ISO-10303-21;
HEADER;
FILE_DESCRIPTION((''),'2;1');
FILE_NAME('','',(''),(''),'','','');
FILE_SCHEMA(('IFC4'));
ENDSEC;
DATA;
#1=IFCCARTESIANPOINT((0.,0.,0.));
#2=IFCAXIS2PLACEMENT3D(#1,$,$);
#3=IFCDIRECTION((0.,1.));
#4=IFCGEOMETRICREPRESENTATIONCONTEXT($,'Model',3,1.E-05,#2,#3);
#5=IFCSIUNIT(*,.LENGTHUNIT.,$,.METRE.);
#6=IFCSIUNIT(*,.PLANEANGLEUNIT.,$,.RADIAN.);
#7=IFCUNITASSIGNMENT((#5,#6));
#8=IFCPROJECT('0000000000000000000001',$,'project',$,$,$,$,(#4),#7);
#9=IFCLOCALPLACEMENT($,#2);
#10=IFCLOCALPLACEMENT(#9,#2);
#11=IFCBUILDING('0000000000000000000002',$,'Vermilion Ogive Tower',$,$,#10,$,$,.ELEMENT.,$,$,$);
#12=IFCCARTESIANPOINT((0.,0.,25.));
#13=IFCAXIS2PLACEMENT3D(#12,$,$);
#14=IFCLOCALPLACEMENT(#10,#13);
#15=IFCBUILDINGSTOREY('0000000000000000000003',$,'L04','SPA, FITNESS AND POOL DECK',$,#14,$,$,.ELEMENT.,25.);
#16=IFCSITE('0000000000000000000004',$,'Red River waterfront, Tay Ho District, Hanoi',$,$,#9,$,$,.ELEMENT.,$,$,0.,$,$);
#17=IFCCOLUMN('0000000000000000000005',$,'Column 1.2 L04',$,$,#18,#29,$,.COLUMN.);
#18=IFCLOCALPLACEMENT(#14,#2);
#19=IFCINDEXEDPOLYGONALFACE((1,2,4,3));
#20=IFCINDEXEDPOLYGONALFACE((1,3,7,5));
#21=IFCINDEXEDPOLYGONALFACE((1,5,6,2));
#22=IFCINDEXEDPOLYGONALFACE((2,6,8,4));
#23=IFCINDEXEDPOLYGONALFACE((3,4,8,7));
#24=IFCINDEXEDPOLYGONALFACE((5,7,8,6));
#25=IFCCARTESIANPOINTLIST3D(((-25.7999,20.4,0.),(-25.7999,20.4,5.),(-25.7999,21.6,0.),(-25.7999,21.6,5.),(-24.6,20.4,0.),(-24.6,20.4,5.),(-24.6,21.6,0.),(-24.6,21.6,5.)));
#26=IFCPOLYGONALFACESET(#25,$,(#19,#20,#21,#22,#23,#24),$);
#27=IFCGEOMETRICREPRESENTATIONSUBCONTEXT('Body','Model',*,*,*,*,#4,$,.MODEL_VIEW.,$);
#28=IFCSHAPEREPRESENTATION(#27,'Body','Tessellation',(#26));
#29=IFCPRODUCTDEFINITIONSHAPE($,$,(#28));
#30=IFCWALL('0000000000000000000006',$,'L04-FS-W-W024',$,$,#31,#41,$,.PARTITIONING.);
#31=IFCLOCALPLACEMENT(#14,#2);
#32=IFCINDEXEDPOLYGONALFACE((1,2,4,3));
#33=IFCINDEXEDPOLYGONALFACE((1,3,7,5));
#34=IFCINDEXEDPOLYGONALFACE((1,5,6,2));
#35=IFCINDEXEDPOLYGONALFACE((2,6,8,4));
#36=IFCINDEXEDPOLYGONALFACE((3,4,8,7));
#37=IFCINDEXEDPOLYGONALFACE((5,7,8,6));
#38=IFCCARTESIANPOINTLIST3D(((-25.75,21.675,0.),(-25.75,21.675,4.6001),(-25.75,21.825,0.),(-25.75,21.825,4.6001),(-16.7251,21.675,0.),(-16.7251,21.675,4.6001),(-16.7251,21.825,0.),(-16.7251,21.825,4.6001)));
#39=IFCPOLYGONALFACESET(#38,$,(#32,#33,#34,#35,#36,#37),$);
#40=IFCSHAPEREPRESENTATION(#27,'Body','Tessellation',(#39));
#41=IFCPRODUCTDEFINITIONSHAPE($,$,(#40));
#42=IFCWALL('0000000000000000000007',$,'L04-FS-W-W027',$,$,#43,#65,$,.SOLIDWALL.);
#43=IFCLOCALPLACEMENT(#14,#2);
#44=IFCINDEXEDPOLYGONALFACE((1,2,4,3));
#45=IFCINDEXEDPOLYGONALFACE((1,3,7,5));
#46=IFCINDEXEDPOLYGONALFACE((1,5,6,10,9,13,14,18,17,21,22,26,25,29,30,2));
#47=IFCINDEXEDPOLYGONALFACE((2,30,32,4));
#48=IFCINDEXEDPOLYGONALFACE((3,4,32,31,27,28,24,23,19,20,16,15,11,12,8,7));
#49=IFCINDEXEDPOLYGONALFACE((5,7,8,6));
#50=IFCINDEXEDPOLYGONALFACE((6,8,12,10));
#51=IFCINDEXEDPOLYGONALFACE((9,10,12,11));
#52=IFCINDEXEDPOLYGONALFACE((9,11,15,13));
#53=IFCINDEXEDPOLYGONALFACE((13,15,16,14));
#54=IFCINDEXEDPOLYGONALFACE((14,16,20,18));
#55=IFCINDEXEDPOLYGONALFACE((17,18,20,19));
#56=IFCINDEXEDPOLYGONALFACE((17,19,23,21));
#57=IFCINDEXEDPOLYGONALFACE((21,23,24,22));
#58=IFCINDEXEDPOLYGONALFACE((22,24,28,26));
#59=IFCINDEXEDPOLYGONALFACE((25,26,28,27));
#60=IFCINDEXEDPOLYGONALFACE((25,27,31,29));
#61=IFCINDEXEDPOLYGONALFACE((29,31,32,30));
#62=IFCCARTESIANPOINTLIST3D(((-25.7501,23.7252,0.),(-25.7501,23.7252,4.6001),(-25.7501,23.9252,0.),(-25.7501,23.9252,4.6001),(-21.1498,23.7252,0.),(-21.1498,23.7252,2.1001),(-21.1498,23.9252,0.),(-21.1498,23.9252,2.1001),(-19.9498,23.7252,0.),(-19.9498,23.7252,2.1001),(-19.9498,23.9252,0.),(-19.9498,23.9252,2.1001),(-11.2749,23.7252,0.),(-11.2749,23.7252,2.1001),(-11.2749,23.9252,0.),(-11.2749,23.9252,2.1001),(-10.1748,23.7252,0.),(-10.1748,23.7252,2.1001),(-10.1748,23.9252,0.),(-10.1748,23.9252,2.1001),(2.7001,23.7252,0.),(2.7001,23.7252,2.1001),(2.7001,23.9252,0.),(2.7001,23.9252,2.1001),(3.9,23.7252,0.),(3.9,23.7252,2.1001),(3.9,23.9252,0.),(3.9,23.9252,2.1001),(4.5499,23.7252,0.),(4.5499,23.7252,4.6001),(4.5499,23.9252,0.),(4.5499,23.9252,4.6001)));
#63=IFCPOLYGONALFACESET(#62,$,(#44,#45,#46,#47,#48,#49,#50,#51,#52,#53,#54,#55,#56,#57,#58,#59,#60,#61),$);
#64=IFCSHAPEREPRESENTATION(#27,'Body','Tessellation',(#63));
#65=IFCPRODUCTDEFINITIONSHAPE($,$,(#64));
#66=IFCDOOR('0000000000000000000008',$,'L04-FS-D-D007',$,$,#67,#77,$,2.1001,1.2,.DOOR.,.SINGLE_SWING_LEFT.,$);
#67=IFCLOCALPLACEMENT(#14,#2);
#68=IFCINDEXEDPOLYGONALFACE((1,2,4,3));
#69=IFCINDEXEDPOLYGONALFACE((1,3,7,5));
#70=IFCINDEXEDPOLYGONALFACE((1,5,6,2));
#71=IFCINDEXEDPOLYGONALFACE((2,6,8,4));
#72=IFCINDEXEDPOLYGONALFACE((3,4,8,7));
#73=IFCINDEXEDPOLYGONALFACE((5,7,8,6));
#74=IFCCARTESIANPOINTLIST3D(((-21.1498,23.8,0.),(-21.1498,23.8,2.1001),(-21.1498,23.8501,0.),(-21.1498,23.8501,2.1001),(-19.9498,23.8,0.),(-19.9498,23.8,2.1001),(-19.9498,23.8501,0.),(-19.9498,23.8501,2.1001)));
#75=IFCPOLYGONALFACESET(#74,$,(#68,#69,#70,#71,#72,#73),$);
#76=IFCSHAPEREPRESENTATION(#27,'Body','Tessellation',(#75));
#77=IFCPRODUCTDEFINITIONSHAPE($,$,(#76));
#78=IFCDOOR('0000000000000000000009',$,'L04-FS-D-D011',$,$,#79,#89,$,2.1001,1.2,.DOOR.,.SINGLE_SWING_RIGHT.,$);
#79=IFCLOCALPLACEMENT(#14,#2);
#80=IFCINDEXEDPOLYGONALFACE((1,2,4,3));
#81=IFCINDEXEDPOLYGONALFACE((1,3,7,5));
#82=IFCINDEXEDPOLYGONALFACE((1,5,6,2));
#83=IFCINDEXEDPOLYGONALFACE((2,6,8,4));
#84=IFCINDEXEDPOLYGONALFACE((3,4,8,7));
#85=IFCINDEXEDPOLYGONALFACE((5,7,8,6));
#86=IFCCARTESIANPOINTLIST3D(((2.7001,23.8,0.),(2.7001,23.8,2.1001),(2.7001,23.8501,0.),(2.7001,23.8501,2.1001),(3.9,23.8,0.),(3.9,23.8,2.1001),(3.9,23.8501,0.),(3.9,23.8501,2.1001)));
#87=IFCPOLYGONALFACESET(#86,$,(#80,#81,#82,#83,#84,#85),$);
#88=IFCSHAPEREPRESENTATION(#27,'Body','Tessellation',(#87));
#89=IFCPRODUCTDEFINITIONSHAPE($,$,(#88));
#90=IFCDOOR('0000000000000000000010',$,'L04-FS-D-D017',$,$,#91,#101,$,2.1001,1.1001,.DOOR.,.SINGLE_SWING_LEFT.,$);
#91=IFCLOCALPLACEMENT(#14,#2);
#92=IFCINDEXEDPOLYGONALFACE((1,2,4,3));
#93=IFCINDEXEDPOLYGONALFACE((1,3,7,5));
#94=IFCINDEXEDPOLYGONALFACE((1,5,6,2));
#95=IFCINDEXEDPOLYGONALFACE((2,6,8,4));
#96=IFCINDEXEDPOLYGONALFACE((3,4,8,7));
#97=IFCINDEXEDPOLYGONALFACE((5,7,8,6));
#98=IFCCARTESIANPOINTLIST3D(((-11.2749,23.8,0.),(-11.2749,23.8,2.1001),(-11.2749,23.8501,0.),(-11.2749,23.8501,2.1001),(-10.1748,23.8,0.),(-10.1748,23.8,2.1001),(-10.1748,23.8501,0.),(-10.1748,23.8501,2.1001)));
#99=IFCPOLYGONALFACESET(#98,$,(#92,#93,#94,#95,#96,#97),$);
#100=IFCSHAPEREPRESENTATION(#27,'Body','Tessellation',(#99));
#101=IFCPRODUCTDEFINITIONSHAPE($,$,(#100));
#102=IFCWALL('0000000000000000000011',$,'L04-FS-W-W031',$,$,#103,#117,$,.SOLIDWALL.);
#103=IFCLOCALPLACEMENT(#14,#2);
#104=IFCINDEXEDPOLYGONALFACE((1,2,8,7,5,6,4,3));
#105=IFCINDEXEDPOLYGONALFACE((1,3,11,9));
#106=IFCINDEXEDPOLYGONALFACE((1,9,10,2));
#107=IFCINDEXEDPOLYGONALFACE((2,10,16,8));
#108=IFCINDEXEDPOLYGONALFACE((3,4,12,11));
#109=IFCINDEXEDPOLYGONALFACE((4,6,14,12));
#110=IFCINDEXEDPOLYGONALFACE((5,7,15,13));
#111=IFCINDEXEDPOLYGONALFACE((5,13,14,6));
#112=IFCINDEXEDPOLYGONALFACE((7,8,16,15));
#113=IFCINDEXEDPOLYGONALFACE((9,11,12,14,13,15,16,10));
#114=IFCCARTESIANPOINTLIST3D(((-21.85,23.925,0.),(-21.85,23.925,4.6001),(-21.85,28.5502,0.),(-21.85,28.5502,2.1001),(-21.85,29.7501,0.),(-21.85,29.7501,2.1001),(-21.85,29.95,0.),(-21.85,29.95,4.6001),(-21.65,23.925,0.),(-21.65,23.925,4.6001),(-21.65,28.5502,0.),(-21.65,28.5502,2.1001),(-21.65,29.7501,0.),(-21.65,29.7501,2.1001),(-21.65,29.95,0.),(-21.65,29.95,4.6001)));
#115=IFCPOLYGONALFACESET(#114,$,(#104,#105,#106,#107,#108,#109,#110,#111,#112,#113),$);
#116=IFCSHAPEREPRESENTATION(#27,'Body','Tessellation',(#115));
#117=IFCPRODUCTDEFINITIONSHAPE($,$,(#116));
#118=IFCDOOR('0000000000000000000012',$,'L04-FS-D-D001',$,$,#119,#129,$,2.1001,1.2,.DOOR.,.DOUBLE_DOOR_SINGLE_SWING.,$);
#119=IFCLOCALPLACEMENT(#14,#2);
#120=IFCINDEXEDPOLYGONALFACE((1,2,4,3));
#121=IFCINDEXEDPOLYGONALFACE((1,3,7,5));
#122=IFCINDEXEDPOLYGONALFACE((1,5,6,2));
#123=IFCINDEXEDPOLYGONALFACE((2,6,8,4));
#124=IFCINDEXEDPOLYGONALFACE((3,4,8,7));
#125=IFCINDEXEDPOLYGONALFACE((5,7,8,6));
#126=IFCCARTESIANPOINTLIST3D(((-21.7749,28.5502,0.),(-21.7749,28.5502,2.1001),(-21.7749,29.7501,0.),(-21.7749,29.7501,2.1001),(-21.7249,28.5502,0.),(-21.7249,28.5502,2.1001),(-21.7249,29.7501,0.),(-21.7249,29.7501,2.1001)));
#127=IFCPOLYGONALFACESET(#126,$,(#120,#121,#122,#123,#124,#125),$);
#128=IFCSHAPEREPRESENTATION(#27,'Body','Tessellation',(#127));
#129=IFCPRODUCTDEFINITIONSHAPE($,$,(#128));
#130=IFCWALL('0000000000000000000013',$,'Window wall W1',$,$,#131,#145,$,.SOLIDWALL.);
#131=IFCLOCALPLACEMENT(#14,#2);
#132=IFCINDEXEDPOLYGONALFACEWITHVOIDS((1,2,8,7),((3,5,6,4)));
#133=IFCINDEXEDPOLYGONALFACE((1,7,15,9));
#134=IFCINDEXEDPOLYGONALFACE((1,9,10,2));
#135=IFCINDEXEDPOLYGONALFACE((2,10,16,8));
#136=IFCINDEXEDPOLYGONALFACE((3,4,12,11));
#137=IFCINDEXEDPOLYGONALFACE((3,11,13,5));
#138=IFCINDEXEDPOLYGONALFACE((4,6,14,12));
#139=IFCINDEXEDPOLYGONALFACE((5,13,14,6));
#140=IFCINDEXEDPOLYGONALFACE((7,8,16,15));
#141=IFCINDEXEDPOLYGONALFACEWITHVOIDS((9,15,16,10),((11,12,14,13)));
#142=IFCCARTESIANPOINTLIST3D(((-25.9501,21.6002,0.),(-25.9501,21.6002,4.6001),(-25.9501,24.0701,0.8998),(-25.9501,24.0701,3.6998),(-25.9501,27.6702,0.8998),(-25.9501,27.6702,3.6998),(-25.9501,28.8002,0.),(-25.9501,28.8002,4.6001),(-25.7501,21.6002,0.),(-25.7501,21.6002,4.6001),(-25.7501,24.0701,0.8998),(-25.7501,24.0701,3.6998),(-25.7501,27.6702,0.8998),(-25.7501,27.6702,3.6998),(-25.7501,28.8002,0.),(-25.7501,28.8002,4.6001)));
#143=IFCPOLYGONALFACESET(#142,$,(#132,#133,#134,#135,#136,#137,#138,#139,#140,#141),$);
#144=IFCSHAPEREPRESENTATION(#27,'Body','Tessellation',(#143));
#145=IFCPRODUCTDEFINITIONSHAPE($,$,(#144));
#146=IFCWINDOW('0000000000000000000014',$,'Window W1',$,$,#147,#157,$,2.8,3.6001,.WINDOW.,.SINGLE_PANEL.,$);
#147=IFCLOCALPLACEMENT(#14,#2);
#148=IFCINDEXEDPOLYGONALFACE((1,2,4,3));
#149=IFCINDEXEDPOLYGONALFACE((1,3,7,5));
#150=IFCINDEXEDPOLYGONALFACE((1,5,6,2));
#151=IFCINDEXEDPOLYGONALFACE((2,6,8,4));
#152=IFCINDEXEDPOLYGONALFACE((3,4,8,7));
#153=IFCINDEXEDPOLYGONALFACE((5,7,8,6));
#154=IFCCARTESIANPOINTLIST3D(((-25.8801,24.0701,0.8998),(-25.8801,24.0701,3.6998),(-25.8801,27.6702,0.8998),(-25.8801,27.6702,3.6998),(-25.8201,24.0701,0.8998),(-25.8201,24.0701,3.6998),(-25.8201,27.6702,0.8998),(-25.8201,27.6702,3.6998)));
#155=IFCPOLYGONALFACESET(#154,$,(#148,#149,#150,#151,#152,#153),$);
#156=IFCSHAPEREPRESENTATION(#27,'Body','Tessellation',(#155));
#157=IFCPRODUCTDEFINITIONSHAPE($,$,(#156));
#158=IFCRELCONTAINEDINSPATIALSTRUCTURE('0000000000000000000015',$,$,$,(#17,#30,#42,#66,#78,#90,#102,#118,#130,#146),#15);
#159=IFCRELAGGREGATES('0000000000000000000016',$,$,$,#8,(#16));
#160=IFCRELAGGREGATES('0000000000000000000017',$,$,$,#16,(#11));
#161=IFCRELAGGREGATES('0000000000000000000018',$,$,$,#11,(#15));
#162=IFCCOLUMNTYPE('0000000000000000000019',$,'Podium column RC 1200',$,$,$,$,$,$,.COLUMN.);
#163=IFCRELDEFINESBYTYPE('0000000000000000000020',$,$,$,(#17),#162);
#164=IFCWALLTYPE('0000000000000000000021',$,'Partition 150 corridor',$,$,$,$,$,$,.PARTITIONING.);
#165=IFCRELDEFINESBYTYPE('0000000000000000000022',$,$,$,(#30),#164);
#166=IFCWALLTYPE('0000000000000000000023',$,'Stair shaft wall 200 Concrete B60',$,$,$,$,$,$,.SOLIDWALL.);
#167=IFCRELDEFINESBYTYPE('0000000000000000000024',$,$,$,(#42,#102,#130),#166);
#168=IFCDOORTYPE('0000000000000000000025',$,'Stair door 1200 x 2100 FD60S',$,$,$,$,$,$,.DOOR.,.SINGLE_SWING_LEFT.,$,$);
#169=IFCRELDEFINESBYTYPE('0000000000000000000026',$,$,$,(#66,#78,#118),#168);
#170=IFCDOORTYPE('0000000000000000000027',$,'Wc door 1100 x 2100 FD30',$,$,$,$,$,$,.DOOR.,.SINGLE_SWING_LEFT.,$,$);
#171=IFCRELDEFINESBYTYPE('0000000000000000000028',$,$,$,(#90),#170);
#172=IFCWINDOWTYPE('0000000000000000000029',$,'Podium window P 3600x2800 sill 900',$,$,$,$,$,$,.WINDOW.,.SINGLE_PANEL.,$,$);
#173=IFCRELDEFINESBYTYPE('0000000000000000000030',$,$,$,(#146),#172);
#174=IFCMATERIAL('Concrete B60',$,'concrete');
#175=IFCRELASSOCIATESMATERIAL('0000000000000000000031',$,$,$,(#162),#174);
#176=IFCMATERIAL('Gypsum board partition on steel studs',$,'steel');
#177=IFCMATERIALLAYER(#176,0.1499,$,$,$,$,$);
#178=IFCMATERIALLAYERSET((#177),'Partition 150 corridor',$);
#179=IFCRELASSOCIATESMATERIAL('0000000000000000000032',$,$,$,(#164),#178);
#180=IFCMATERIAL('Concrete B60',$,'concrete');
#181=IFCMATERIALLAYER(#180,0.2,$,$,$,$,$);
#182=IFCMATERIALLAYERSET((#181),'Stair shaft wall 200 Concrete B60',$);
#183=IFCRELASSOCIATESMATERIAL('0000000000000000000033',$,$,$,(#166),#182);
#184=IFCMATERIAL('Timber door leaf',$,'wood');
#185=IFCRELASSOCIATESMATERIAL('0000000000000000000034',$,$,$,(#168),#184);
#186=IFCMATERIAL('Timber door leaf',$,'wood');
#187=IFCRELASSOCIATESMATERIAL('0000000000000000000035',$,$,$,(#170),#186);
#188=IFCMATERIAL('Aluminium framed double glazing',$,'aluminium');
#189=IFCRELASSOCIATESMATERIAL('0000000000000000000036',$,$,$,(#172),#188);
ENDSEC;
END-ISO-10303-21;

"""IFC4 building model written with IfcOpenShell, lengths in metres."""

from ifc_helpers import new_model, si_unit, direction, frame, frame_2d, origin, origin_2d, place, context, subcontext, project, spatial, rectangle, extrude, material, layer, layer_set, material_profile, profile_set, type_object, element, fill, save


model = new_model("IFC4")

# Units and contexts
model_context = context("Model", 3, precision=1e-05, world=origin(), true_north=direction((0.0, 1.0)))
body_context = subcontext(model_context, "Body", "Model", "MODEL_VIEW")
ifc_project = project(units=[si_unit("LENGTHUNIT", "METRE"), si_unit("PLANEANGLEUNIT", "RADIAN")], contexts=[model_context])

# Site, building, storey
site_placement = place(None, origin())
site = spatial("IfcSite", under=ifc_project, at=site_placement, Name="Red River waterfront, Tay Ho District, Hanoi", CompositionType="ELEMENT", RefElevation=0.0)
building_placement = place(site_placement, origin())
building = spatial("IfcBuilding", under=site, at=building_placement, Name="Vermilion Ogive Tower", CompositionType="ELEMENT")
storey_placement = place(building_placement, frame((0.0, 0.0, 25.0)))
storey = spatial("IfcBuildingStorey", under=building, at=storey_placement, Name="L04", Description="SPA, FITNESS AND POOL DECK", CompositionType="ELEMENT", Elevation=25.0)

# Column
ifc_material_1 = material(Name="Concrete B60", Category="concrete")
ifc_material_profile = material_profile(ifc_material_1, rectangle(XDim=1.2, YDim=1.2, at=origin_2d()), Name="RC 1200x1200")
ifc_profile_set = profile_set([ifc_material_profile], Name="Concrete B60")
column_type = type_object("IfcColumnType", Name="Podium column RC 1200", PredefinedType="COLUMN", material=ifc_profile_set)
column_placement = place(storey_placement, frame((-25.2, 21.0, 0.0), z_axis=(0.0, 0.0, 1.0), x_axis=(1.0, 0.0, 0.0)))
element("IfcColumn", 1, at=column_placement, inside=storey, type_object=column_type, Name="Column 1.2 L04", PredefinedType="COLUMN", context=body_context, shape_type="SweptSolid", body=[
    extrude(rectangle(XDim=1.2, YDim=1.2, at=origin_2d()), origin(), (0.0, 0.0, 1.0), 5.0),
])

# Wall
ifc_material_2 = material(Name="Gypsum board partition on steel studs", Category="steel")
ifc_layer_1 = layer(ifc_material_2, 0.1499)
ifc_layer_set_1 = layer_set([ifc_layer_1], Name="Partition 150 corridor")
wall_type_1 = type_object("IfcWallType", Name="Partition 150 corridor", PredefinedType="PARTITIONING", material=ifc_layer_set_1)
wall_1_placement = place(storey_placement, frame((-25.75, 21.75, 0.0), z_axis=(0.0, 0.0, 1.0), x_axis=(1.0, 0.0, 0.0)))
element("IfcWall", 2, at=wall_1_placement, inside=storey, type_object=wall_type_1, Name="L04-FS-W-W024", PredefinedType="PARTITIONING", context=body_context, shape_type="SweptSolid", body=[
    extrude(rectangle(XDim=9.0249, YDim=0.1499, at=frame_2d((4.5125, 0.0))), origin(), (0.0, 0.0, 1.0), 4.6001),
])

# Wall, openings, doors
ifc_material_3 = material(Name="Concrete B60", Category="concrete")
ifc_layer_2 = layer(ifc_material_3, 0.2)
ifc_layer_set_2 = layer_set([ifc_layer_2], Name="Stair shaft wall 200 Concrete B60")
wall_type_2 = type_object("IfcWallType", Name="Stair shaft wall 200 Concrete B60", PredefinedType="SOLIDWALL", material=ifc_layer_set_2)
wall_2_placement = place(storey_placement, frame((-25.75, 23.8252, 0.0), z_axis=(0.0, 0.0, 1.0), x_axis=(1.0, 0.0, 0.0)))
wall_2 = element("IfcWall", 3, at=wall_2_placement, inside=storey, type_object=wall_type_2, Name="L04-FS-W-W027", PredefinedType="SOLIDWALL", context=body_context, shape_type="SweptSolid", body=[
    extrude(rectangle(XDim=30.3, YDim=0.2, at=frame_2d((15.1499, 0.0))), origin(), (0.0, 0.0, 1.0), 4.6001),
])
opening_1_placement = place(wall_2_placement, frame((4.6001, 0.0, 0.0)))
opening_1 = element("IfcOpeningElement", 4, at=opening_1_placement, cuts=wall_2, PredefinedType="OPENING", context=body_context, shape_type="SweptSolid", body=[
    extrude(rectangle(XDim=1.2, YDim=2.1001, at=frame_2d((0.6001, 1.05))), frame((0.0, 0.1099, 0.0), z_axis=(0.0, -1.0, 0.0), x_axis=(1.0, 0.0, 0.0)), (0.0, 0.0, 1.0), 0.22),
])
opening_2_placement = place(wall_2_placement, frame((28.45, 0.0, 0.0)))
opening_2 = element("IfcOpeningElement", 5, at=opening_2_placement, cuts=wall_2, PredefinedType="OPENING", context=body_context, shape_type="SweptSolid", body=[
    extrude(rectangle(XDim=1.2, YDim=2.1001, at=frame_2d((0.6001, 1.05))), frame((0.0, 0.1099, 0.0), z_axis=(0.0, -1.0, 0.0), x_axis=(1.0, 0.0, 0.0)), (0.0, 0.0, 1.0), 0.22),
])
opening_3_placement = place(wall_2_placement, frame((14.4751, 0.0, 0.0)))
opening_3 = element("IfcOpeningElement", 6, at=opening_3_placement, cuts=wall_2, PredefinedType="OPENING", context=body_context, shape_type="SweptSolid", body=[
    extrude(rectangle(XDim=1.1001, YDim=2.1001, at=frame_2d((0.55, 1.05))), frame((0.0, 0.1099, 0.0), z_axis=(0.0, -1.0, 0.0), x_axis=(1.0, 0.0, 0.0)), (0.0, 0.0, 1.0), 0.22),
])
ifc_material_4 = material(Name="Timber door leaf", Category="wood")
door_type_1 = type_object("IfcDoorType", Name="Stair door 1200 x 2100 FD60S", OperationType="SINGLE_SWING_LEFT", PredefinedType="DOOR", material=ifc_material_4)
door_1_placement = place(opening_1_placement, origin())
door_1 = element("IfcDoor", 7, at=door_1_placement, inside=storey, type_object=door_type_1, Name="L04-FS-D-D007", OperationType="SINGLE_SWING_LEFT", OverallHeight=2.1001, OverallWidth=1.2, PredefinedType="DOOR", context=body_context, shape_type="SweptSolid", body=[
    extrude(rectangle(XDim=1.2, YDim=2.1001, at=frame_2d((0.6001, 1.05))), frame((0.0, 0.0249, 0.0), z_axis=(0.0, -1.0, 0.0), x_axis=(1.0, 0.0, 0.0)), (0.0, 0.0, 1.0), 0.05),
])
fill(opening_1, door_1)
door_2_placement = place(opening_2_placement, origin())
door_2 = element("IfcDoor", 8, at=door_2_placement, inside=storey, type_object=door_type_1, Name="L04-FS-D-D011", OperationType="SINGLE_SWING_RIGHT", OverallHeight=2.1001, OverallWidth=1.2, PredefinedType="DOOR", context=body_context, shape_type="SweptSolid", body=[
    extrude(rectangle(XDim=1.2, YDim=2.1001, at=frame_2d((0.6001, 1.05))), frame((0.0, 0.0249, 0.0), z_axis=(0.0, -1.0, 0.0), x_axis=(1.0, 0.0, 0.0)), (0.0, 0.0, 1.0), 0.05),
])
fill(opening_2, door_2)
ifc_material_5 = material(Name="Timber door leaf", Category="wood")
door_type_2 = type_object("IfcDoorType", Name="Wc door 1100 x 2100 FD30", OperationType="SINGLE_SWING_LEFT", PredefinedType="DOOR", material=ifc_material_5)
door_3_placement = place(opening_3_placement, origin())
door_3 = element("IfcDoor", 9, at=door_3_placement, inside=storey, type_object=door_type_2, Name="L04-FS-D-D017", OperationType="SINGLE_SWING_LEFT", OverallHeight=2.1001, OverallWidth=1.1001, PredefinedType="DOOR", context=body_context, shape_type="SweptSolid", body=[
    extrude(rectangle(XDim=1.1001, YDim=2.1001, at=frame_2d((0.55, 1.05))), frame((0.0, 0.0249, 0.0), z_axis=(0.0, -1.0, 0.0), x_axis=(1.0, 0.0, 0.0)), (0.0, 0.0, 1.0), 0.05),
])
fill(opening_3, door_3)

# Wall, opening, door
wall_3_placement = place(storey_placement, frame((-21.75, 23.925, 0.0), z_axis=(0.0, 0.0, 1.0), x_axis=(0.0, 1.0, 0.0)))
wall_3 = element("IfcWall", 10, at=wall_3_placement, inside=storey, type_object=wall_type_2, Name="L04-FS-W-W031", PredefinedType="SOLIDWALL", context=body_context, shape_type="SweptSolid", body=[
    extrude(rectangle(XDim=6.0249, YDim=0.2, at=frame_2d((3.0125, 0.0))), origin(), (0.0, 0.0, 1.0), 4.6001),
])
opening_4_placement = place(wall_3_placement, frame((4.625, 0.0, 0.0)))
opening_4 = element("IfcOpeningElement", 11, at=opening_4_placement, cuts=wall_3, PredefinedType="OPENING", context=body_context, shape_type="SweptSolid", body=[
    extrude(rectangle(XDim=1.2, YDim=2.1001, at=frame_2d((0.6001, 1.05))), frame((0.0, 0.1099, 0.0), z_axis=(0.0, -1.0, 0.0), x_axis=(1.0, 0.0, 0.0)), (0.0, 0.0, 1.0), 0.22),
])
door_4_placement = place(opening_4_placement, origin())
door_4 = element("IfcDoor", 12, at=door_4_placement, inside=storey, type_object=door_type_1, Name="L04-FS-D-D001", OperationType="DOUBLE_DOOR_SINGLE_SWING", OverallHeight=2.1001, OverallWidth=1.2, PredefinedType="DOOR", context=body_context, shape_type="SweptSolid", body=[
    extrude(rectangle(XDim=1.2, YDim=2.1001, at=frame_2d((0.6001, 1.05))), frame((0.0, 0.0249, 0.0), z_axis=(0.0, -1.0, 0.0), x_axis=(1.0, 0.0, 0.0)), (0.0, 0.0, 1.0), 0.05),
])
fill(opening_4, door_4)

# Wall, opening, window
wall_4_placement = place(storey_placement, frame((-25.8501, 21.6001, 0.0), z_axis=(0.0, 0.0, 1.0), x_axis=(0.0, 1.0, 0.0)))
wall_4 = element("IfcWall", 13, at=wall_4_placement, inside=storey, type_object=wall_type_2, Name="Window wall W1", PredefinedType="SOLIDWALL", context=body_context, shape_type="SweptSolid", body=[
    extrude(rectangle(XDim=7.2, YDim=0.2, at=frame_2d((3.6001, 0.0))), origin(), (0.0, 0.0, 1.0), 4.6001),
])
opening_5_placement = place(wall_4_placement, frame((2.47, 0.0, 0.8999)))
opening_5 = element("IfcOpeningElement", 14, at=opening_5_placement, cuts=wall_4, PredefinedType="OPENING", context=body_context, shape_type="SweptSolid", body=[
    extrude(rectangle(XDim=3.6001, YDim=2.8, at=frame_2d((1.8, 1.3999))), frame((0.0, 0.1099, 0.0), z_axis=(0.0, -1.0, 0.0), x_axis=(1.0, 0.0, 0.0)), (0.0, 0.0, 1.0), 0.22),
])
ifc_material_6 = material(Name="Aluminium framed double glazing", Category="aluminium")
window_type = type_object("IfcWindowType", Name="Podium window P 3600x2800 sill 900", PartitioningType="SINGLE_PANEL", PredefinedType="WINDOW", material=ifc_material_6)
window_1_placement = place(opening_5_placement, origin())
window_1 = element("IfcWindow", 15, at=window_1_placement, inside=storey, type_object=window_type, Name="Window W1", OverallHeight=2.8, OverallWidth=3.6001, PartitioningType="SINGLE_PANEL", PredefinedType="WINDOW", context=body_context, shape_type="SweptSolid", body=[
    extrude(rectangle(XDim=3.6001, YDim=2.8, at=frame_2d((1.8, 1.3999))), frame((0.0, 0.03, 0.0), z_axis=(0.0, -1.0, 0.0), x_axis=(1.0, 0.0, 0.0)), (0.0, 0.0, 1.0), 0.0601),
])
fill(opening_5, window_1)

save(model, "model.ifc")
